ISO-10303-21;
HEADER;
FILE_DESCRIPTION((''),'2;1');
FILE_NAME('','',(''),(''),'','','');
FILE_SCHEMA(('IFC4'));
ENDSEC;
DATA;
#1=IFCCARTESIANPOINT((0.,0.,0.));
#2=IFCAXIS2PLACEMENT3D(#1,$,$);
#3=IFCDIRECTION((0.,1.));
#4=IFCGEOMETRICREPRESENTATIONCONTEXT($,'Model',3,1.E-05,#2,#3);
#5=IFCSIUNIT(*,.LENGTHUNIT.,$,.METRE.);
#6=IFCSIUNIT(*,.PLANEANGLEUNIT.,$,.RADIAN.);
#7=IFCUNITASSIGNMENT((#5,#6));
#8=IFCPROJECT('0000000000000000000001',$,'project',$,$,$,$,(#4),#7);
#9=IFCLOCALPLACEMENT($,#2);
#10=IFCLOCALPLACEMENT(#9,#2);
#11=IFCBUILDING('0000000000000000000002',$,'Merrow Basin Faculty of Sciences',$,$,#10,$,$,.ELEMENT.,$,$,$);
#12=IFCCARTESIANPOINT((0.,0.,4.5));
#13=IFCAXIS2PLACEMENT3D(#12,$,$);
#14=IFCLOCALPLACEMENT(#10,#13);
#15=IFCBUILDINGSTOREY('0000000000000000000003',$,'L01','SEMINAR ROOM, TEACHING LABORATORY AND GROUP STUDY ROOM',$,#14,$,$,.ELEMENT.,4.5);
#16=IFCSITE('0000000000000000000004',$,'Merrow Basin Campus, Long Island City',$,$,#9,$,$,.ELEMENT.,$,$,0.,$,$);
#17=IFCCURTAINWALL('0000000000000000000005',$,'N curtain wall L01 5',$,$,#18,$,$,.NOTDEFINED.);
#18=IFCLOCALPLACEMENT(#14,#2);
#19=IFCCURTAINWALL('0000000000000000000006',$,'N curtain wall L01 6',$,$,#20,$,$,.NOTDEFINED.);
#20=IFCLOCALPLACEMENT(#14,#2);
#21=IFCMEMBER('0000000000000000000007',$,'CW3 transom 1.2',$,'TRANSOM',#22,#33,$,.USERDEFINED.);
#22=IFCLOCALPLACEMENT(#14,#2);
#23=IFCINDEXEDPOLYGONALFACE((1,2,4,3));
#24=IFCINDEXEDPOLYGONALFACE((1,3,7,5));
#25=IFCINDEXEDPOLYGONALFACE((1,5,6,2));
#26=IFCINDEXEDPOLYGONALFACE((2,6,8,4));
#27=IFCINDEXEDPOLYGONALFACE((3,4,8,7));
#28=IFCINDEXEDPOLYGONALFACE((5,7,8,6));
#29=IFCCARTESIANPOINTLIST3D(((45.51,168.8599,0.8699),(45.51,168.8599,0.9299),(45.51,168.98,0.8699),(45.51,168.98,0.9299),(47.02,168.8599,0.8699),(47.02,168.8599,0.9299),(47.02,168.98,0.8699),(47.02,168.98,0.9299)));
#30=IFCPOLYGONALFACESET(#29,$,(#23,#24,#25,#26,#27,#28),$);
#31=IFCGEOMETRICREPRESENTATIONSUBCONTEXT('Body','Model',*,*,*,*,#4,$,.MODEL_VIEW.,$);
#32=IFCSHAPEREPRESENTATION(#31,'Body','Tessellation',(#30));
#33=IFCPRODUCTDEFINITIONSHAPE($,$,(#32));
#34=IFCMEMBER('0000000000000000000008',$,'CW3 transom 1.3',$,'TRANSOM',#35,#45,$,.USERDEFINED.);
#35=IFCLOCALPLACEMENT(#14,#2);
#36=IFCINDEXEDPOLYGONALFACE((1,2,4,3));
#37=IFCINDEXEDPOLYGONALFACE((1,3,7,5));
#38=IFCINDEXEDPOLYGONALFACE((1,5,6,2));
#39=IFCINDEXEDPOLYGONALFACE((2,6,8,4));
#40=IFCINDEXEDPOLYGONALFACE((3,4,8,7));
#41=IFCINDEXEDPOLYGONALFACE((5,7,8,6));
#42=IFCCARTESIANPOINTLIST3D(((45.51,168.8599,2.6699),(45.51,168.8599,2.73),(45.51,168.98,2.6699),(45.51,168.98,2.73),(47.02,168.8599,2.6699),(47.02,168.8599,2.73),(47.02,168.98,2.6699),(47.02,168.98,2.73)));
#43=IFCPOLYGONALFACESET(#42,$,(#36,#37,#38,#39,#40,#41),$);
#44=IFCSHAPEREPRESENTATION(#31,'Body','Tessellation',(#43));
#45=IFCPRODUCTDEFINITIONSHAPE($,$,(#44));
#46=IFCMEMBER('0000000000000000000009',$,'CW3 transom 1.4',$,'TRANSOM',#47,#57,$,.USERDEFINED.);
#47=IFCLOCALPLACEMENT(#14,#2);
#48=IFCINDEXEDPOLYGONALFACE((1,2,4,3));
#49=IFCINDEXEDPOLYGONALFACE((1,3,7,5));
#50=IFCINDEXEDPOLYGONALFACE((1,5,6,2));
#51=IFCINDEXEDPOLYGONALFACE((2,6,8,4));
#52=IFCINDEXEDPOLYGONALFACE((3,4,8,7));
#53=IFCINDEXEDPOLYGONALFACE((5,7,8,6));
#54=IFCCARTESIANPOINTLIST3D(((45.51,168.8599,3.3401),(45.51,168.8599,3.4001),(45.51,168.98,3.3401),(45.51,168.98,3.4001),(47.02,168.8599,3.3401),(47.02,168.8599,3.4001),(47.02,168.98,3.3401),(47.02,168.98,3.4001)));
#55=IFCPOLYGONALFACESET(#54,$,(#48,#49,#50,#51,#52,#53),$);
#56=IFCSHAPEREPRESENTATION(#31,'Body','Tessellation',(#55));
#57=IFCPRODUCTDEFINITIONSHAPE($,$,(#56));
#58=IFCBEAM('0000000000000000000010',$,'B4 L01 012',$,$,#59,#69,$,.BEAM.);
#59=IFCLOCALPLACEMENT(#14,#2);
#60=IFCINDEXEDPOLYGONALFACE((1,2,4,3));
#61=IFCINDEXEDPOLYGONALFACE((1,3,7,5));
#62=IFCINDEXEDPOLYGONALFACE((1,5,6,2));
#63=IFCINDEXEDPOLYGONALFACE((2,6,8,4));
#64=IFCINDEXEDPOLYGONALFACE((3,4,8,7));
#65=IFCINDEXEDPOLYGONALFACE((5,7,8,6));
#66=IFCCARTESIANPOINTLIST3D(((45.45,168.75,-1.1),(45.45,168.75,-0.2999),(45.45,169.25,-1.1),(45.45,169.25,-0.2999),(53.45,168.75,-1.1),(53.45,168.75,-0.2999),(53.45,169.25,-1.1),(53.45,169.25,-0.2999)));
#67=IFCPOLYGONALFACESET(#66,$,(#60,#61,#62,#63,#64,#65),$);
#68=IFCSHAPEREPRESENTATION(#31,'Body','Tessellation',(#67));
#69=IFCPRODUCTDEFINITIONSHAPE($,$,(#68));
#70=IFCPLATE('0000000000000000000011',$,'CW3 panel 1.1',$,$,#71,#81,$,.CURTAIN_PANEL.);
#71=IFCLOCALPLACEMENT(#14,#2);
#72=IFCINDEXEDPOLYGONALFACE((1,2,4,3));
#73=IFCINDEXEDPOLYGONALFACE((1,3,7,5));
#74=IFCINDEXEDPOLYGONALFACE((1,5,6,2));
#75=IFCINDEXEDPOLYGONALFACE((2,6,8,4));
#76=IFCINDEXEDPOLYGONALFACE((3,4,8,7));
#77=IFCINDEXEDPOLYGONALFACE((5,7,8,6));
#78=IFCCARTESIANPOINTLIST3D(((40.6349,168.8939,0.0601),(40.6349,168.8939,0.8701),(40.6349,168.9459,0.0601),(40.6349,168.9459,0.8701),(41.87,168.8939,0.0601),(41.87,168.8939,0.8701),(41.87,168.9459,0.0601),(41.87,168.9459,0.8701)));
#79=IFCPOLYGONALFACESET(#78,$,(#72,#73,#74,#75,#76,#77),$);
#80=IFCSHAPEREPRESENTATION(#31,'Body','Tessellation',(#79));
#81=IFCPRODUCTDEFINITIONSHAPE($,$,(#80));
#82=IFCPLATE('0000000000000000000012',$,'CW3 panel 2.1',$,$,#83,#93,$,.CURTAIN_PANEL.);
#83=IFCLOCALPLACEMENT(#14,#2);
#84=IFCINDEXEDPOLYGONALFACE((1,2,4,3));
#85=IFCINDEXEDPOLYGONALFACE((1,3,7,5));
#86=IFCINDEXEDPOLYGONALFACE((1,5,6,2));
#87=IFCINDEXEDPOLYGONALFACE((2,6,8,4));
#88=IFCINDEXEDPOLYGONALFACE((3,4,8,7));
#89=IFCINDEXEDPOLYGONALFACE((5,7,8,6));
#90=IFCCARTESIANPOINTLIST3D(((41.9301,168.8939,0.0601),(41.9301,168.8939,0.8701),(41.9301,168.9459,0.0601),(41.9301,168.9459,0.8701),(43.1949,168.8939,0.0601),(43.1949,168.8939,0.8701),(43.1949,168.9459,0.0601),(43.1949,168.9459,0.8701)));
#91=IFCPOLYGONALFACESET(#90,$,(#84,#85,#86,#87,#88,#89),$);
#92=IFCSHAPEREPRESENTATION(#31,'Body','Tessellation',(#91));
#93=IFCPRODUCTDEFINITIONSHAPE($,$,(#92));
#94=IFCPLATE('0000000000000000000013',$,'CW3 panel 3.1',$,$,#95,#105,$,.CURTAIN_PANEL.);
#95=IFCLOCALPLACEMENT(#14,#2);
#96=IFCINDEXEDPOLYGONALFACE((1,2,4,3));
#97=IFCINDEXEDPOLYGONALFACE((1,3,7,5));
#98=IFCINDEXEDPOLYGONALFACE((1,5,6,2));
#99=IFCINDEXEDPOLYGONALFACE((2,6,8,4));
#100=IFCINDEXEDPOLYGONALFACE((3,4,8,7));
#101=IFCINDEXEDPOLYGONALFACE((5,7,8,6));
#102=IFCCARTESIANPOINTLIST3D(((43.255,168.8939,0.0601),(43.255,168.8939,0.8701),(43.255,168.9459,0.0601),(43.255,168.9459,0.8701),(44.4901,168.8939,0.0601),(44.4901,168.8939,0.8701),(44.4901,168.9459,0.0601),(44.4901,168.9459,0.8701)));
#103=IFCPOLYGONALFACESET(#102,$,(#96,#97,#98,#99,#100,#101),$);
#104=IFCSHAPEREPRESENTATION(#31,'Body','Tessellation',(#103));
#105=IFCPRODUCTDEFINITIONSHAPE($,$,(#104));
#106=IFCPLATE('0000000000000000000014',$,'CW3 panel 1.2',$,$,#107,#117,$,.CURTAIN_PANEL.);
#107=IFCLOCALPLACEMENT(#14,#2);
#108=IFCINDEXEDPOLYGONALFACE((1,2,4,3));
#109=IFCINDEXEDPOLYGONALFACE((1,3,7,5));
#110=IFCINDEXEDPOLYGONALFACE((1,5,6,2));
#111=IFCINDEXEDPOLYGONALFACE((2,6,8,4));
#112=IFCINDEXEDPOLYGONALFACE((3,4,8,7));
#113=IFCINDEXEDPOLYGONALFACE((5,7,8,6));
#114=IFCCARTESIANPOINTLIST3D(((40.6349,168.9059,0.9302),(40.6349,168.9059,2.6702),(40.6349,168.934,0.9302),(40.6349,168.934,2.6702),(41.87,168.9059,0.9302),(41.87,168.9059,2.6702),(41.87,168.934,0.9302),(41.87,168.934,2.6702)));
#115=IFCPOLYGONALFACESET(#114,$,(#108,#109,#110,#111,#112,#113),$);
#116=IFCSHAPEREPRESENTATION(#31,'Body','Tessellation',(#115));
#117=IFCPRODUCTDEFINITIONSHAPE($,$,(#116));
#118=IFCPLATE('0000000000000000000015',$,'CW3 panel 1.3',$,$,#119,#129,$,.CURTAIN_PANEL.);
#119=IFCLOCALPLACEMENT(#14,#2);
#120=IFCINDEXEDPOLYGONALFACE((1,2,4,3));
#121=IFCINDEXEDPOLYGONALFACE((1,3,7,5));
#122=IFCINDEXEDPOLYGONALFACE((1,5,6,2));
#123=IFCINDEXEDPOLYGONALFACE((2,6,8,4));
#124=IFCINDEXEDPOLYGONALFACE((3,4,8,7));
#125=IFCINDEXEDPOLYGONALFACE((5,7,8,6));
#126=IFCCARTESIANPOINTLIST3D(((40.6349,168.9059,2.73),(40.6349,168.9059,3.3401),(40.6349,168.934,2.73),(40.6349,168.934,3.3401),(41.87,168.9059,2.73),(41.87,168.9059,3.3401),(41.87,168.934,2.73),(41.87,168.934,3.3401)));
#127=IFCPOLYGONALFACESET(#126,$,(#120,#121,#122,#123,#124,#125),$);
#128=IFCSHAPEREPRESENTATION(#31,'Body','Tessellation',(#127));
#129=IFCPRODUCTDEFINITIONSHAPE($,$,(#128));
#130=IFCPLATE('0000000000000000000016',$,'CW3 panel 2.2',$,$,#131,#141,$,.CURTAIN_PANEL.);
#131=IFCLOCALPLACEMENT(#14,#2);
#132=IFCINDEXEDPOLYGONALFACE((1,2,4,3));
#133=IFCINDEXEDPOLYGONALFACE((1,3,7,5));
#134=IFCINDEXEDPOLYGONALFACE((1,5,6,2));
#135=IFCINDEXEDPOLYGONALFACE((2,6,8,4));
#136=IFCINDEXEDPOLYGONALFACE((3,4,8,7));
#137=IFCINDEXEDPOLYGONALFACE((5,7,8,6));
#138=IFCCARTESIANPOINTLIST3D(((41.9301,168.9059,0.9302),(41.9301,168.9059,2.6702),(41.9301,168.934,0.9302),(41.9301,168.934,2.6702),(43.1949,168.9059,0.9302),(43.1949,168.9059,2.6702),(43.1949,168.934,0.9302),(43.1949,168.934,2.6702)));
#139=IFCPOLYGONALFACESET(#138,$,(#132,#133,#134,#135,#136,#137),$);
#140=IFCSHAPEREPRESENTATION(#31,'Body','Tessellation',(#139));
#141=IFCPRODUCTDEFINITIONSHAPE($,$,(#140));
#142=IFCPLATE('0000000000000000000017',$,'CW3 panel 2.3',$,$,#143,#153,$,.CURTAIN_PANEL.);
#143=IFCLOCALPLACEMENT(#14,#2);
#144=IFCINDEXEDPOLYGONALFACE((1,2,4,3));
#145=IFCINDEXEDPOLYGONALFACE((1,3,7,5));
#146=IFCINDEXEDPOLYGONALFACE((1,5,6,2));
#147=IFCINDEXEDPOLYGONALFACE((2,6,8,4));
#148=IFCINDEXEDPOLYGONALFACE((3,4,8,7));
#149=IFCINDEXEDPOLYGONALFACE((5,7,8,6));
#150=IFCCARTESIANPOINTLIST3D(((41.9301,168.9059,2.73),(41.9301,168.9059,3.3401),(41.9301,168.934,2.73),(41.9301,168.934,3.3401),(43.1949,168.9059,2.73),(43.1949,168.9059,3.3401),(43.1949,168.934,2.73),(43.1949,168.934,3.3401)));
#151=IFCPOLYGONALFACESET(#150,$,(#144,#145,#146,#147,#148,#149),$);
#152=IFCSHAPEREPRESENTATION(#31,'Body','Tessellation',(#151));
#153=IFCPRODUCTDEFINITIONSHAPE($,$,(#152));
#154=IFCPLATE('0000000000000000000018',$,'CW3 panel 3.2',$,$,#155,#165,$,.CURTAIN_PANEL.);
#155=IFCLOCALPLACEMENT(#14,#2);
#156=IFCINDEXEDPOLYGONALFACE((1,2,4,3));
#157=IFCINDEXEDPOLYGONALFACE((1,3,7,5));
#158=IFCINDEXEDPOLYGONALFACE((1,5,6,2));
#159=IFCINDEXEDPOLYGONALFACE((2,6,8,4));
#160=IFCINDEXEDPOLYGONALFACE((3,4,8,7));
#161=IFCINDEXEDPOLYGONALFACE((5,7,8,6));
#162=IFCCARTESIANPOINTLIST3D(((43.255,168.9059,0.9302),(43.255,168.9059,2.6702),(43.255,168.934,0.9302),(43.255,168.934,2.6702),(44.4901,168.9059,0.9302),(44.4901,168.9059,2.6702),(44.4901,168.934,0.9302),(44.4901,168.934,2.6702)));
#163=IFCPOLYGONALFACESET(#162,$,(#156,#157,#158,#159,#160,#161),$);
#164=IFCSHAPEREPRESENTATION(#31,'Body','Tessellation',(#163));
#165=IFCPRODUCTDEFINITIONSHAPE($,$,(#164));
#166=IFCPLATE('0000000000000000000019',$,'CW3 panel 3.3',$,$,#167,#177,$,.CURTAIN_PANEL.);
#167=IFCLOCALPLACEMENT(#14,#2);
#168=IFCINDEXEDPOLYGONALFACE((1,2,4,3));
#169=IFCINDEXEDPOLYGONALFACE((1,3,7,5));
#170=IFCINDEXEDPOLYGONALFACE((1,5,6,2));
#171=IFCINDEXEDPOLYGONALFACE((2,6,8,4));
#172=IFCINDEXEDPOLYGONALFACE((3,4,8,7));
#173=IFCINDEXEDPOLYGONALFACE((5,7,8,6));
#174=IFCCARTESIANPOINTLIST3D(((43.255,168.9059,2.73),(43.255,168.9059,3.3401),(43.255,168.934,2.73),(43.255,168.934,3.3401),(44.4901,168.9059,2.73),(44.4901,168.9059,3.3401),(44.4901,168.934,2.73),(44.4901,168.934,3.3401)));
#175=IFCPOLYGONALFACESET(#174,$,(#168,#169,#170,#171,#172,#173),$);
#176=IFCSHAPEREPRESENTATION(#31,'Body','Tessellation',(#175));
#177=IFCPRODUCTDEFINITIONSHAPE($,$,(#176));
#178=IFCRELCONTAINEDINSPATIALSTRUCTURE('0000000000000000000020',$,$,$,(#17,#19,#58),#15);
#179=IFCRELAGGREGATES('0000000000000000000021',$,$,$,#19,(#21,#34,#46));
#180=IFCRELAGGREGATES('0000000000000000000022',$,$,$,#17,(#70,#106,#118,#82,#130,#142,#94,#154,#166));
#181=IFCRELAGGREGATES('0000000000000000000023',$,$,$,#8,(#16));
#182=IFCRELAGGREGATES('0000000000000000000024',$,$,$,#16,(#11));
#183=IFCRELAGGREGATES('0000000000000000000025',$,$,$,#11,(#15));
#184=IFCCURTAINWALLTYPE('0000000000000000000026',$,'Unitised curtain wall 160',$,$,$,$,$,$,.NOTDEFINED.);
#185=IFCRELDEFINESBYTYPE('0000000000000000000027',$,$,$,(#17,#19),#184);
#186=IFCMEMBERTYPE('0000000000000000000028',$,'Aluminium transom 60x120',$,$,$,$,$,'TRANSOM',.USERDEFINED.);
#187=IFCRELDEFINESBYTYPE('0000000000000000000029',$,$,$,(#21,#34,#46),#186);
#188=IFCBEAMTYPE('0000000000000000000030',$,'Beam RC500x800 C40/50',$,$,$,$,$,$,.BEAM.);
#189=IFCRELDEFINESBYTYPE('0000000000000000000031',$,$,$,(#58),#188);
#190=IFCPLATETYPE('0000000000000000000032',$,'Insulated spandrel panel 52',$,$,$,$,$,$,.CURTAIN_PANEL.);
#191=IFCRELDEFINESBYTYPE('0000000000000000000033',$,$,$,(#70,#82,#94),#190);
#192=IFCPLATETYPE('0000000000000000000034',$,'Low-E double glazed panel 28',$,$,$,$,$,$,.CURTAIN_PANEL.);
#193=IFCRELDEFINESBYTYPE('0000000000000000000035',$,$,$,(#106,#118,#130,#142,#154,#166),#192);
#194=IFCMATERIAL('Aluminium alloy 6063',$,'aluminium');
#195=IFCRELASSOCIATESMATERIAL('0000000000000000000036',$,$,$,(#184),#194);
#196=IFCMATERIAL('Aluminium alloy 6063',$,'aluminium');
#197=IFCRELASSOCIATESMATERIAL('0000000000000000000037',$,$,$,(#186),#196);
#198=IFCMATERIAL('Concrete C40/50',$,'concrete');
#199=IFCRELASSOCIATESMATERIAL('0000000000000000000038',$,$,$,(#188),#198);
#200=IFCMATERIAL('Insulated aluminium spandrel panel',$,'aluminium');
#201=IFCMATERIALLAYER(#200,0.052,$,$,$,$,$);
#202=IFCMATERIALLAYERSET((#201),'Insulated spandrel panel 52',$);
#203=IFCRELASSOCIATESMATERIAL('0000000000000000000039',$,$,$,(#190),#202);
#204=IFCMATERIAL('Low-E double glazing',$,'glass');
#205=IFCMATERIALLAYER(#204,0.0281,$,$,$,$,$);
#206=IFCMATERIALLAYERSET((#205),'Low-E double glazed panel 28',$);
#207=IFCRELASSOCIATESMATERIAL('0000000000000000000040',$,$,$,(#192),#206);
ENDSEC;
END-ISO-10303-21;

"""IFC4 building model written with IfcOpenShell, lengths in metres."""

from ifc_helpers import new_model, si_unit, direction, frame, origin, origin_2d, place, context, subcontext, project, spatial, rectangle, extrude, material, layer, layer_set, material_profile, profile_set, type_object, element, aggregate, save


model = new_model("IFC4")

# Units and contexts
model_context = context("Model", 3, precision=1e-05, world=origin(), true_north=direction((0.0, 1.0)))
body_context = subcontext(model_context, "Body", "Model", "MODEL_VIEW")
ifc_project = project(units=[si_unit("LENGTHUNIT", "METRE"), si_unit("PLANEANGLEUNIT", "RADIAN")], contexts=[model_context])

# Site, building, storey
site_placement = place(None, origin())
site = spatial("IfcSite", under=ifc_project, at=site_placement, Name="Merrow Basin Campus, Long Island City", CompositionType="ELEMENT", RefElevation=0.0)
building_placement = place(site_placement, origin())
building = spatial("IfcBuilding", under=site, at=building_placement, Name="Merrow Basin Faculty of Sciences", CompositionType="ELEMENT")
storey_placement = place(building_placement, frame((0.0, 0.0, 4.5)))
storey = spatial("IfcBuildingStorey", under=building, at=storey_placement, Name="L01", Description="SEMINAR ROOM, TEACHING LABORATORY AND GROUP STUDY ROOM", CompositionType="ELEMENT", Elevation=4.5)

# Curtain wall
ifc_material_1 = material(Name="Aluminium alloy 6063", Category="aluminium")
curtain_wall_type = type_object("IfcCurtainWallType", Name="Unitised curtain wall 160", PredefinedType="NOTDEFINED", material=ifc_material_1)
curtain_wall_1_placement = place(storey_placement, origin())
curtain_wall_1 = element("IfcCurtainWall", 1, at=curtain_wall_1_placement, inside=storey, type_object=curtain_wall_type, Name="N curtain wall L01 5", PredefinedType="NOTDEFINED")

# Curtain wall
curtain_wall_2_placement = place(storey_placement, origin())
curtain_wall_2 = element("IfcCurtainWall", 2, at=curtain_wall_2_placement, inside=storey, type_object=curtain_wall_type, Name="N curtain wall L01 6", PredefinedType="NOTDEFINED")

# Members
ifc_material_2 = material(Name="Aluminium alloy 6063", Category="aluminium")
ifc_material_profile_1 = material_profile(ifc_material_2, rectangle(XDim=0.1201, YDim=0.0601, at=origin_2d()))
ifc_profile_set_1 = profile_set([ifc_material_profile_1], Name="Aluminium alloy 6063")
member_type_1 = type_object("IfcMemberType", Name="Aluminium transom 60x120", ElementType="TRANSOM", PredefinedType="USERDEFINED", material=ifc_profile_set_1)
member_1_placement = place(storey_placement, frame((45.51, 168.9199, 0.8999), z_axis=(1.0, 0.0, 0.0), x_axis=(0.0, 1.0, 0.0)))
member_1 = element("IfcMember", 3, at=member_1_placement, type_object=member_type_1, Name="CW3 transom 1.2", ObjectType="TRANSOM", PredefinedType="USERDEFINED", context=body_context, shape_type="SweptSolid", body=[
    extrude(rectangle(XDim=0.1201, YDim=0.0601, at=origin_2d()), origin(), (0.0, 0.0, 1.0), 1.51),
])
member_2_placement = place(storey_placement, frame((45.51, 168.9199, 2.7), z_axis=(1.0, 0.0, 0.0), x_axis=(0.0, 1.0, 0.0)))
member_2 = element("IfcMember", 4, at=member_2_placement, type_object=member_type_1, Name="CW3 transom 1.3", ObjectType="TRANSOM", PredefinedType="USERDEFINED", context=body_context, shape_type="SweptSolid", body=[
    extrude(rectangle(XDim=0.1201, YDim=0.0601, at=origin_2d()), origin(), (0.0, 0.0, 1.0), 1.51),
])
member_3_placement = place(storey_placement, frame((45.51, 168.9199, 3.3701), z_axis=(1.0, 0.0, 0.0), x_axis=(0.0, 1.0, 0.0)))
member_3 = element("IfcMember", 5, at=member_3_placement, type_object=member_type_1, Name="CW3 transom 1.4", ObjectType="TRANSOM", PredefinedType="USERDEFINED", context=body_context, shape_type="SweptSolid", body=[
    extrude(rectangle(XDim=0.1201, YDim=0.0601, at=origin_2d()), origin(), (0.0, 0.0, 1.0), 1.51),
])
aggregate(curtain_wall_2, [member_1, member_2, member_3])

# Beam
ifc_material_3 = material(Name="Concrete C40/50", Category="concrete")
ifc_material_profile_2 = material_profile(ifc_material_3, rectangle(XDim=0.5, YDim=0.8, at=origin_2d()))
ifc_profile_set_2 = profile_set([ifc_material_profile_2], Name="Concrete C40/50")
beam_type = type_object("IfcBeamType", Name="Beam RC500x800 C40/50", PredefinedType="BEAM", material=ifc_profile_set_2)
beam_placement = place(storey_placement, frame((45.45, 169.0, -0.7), z_axis=(1.0, 0.0, 0.0), x_axis=(0.0, 1.0, 0.0)))
element("IfcBeam", 6, at=beam_placement, inside=storey, type_object=beam_type, Name="B4 L01 012", PredefinedType="BEAM", context=body_context, shape_type="SweptSolid", body=[
    extrude(rectangle(XDim=0.5, YDim=0.8, at=origin_2d()), origin(), (0.0, 0.0, 1.0), 8.0),
])

# Plates
ifc_material_4 = material(Name="Insulated aluminium spandrel panel", Category="aluminium")
ifc_layer_1 = layer(ifc_material_4, 0.052)
ifc_layer_set_1 = layer_set([ifc_layer_1], Name="Insulated spandrel panel 52")
plate_type_1 = type_object("IfcPlateType", Name="Insulated spandrel panel 52", PredefinedType="CURTAIN_PANEL", material=ifc_layer_set_1)
plate_1_placement = place(storey_placement, frame((41.2524, 168.9199, 0.0601), z_axis=(0.0, 0.0, 1.0), x_axis=(1.0, 0.0, 0.0)))
plate_1 = element("IfcPlate", 7, at=plate_1_placement, type_object=plate_type_1, Name="CW3 panel 1.1", PredefinedType="CURTAIN_PANEL", context=body_context, shape_type="SweptSolid", body=[
    extrude(rectangle(XDim=1.2351, YDim=0.052, at=origin_2d()), origin(), (0.0, 0.0, 1.0), 0.8101),
])
plate_2_placement = place(storey_placement, frame((42.5625, 168.9199, 0.0601), z_axis=(0.0, 0.0, 1.0), x_axis=(1.0, 0.0, 0.0)))
plate_2 = element("IfcPlate", 8, at=plate_2_placement, type_object=plate_type_1, Name="CW3 panel 2.1", PredefinedType="CURTAIN_PANEL", context=body_context, shape_type="SweptSolid", body=[
    extrude(rectangle(XDim=1.2649, YDim=0.052, at=origin_2d()), origin(), (0.0, 0.0, 1.0), 0.8101),
])
plate_3_placement = place(storey_placement, frame((43.8726, 168.9199, 0.0601), z_axis=(0.0, 0.0, 1.0), x_axis=(1.0, 0.0, 0.0)))
plate_3 = element("IfcPlate", 9, at=plate_3_placement, type_object=plate_type_1, Name="CW3 panel 3.1", PredefinedType="CURTAIN_PANEL", context=body_context, shape_type="SweptSolid", body=[
    extrude(rectangle(XDim=1.2351, YDim=0.052, at=origin_2d()), origin(), (0.0, 0.0, 1.0), 0.8101),
])
ifc_material_5 = material(Name="Low-E double glazing", Category="glass")
ifc_layer_2 = layer(ifc_material_5, 0.0281)
ifc_layer_set_2 = layer_set([ifc_layer_2], Name="Low-E double glazed panel 28")
plate_type_2 = type_object("IfcPlateType", Name="Low-E double glazed panel 28", PredefinedType="CURTAIN_PANEL", material=ifc_layer_set_2)
plate_4_placement = place(storey_placement, frame((41.2524, 168.9199, 0.9302), z_axis=(0.0, 0.0, 1.0), x_axis=(1.0, 0.0, 0.0)))
plate_4 = element("IfcPlate", 10, at=plate_4_placement, type_object=plate_type_2, Name="CW3 panel 1.2", PredefinedType="CURTAIN_PANEL", context=body_context, shape_type="SweptSolid", body=[
    extrude(rectangle(XDim=1.2351, YDim=0.0281, at=origin_2d()), origin(), (0.0, 0.0, 1.0), 1.74),
])
plate_5_placement = place(storey_placement, frame((41.2524, 168.9199, 2.73), z_axis=(0.0, 0.0, 1.0), x_axis=(1.0, 0.0, 0.0)))
plate_5 = element("IfcPlate", 11, at=plate_5_placement, type_object=plate_type_2, Name="CW3 panel 1.3", PredefinedType="CURTAIN_PANEL", context=body_context, shape_type="SweptSolid", body=[
    extrude(rectangle(XDim=1.2351, YDim=0.0281, at=origin_2d()), origin(), (0.0, 0.0, 1.0), 0.6101),
])
plate_6_placement = place(storey_placement, frame((42.5625, 168.9199, 0.9302), z_axis=(0.0, 0.0, 1.0), x_axis=(1.0, 0.0, 0.0)))
plate_6 = element("IfcPlate", 12, at=plate_6_placement, type_object=plate_type_2, Name="CW3 panel 2.2", PredefinedType="CURTAIN_PANEL", context=body_context, shape_type="SweptSolid", body=[
    extrude(rectangle(XDim=1.2649, YDim=0.0281, at=origin_2d()), origin(), (0.0, 0.0, 1.0), 1.74),
])
plate_7_placement = place(storey_placement, frame((42.5625, 168.9199, 2.73), z_axis=(0.0, 0.0, 1.0), x_axis=(1.0, 0.0, 0.0)))
plate_7 = element("IfcPlate", 13, at=plate_7_placement, type_object=plate_type_2, Name="CW3 panel 2.3", PredefinedType="CURTAIN_PANEL", context=body_context, shape_type="SweptSolid", body=[
    extrude(rectangle(XDim=1.2649, YDim=0.0281, at=origin_2d()), origin(), (0.0, 0.0, 1.0), 0.6101),
])
plate_8_placement = place(storey_placement, frame((43.8726, 168.9199, 0.9302), z_axis=(0.0, 0.0, 1.0), x_axis=(1.0, 0.0, 0.0)))
plate_8 = element("IfcPlate", 14, at=plate_8_placement, type_object=plate_type_2, Name="CW3 panel 3.2", PredefinedType="CURTAIN_PANEL", context=body_context, shape_type="SweptSolid", body=[
    extrude(rectangle(XDim=1.2351, YDim=0.0281, at=origin_2d()), origin(), (0.0, 0.0, 1.0), 1.74),
])
plate_9_placement = place(storey_placement, frame((43.8726, 168.9199, 2.73), z_axis=(0.0, 0.0, 1.0), x_axis=(1.0, 0.0, 0.0)))
plate_9 = element("IfcPlate", 15, at=plate_9_placement, type_object=plate_type_2, Name="CW3 panel 3.3", PredefinedType="CURTAIN_PANEL", context=body_context, shape_type="SweptSolid", body=[
    extrude(rectangle(XDim=1.2351, YDim=0.0281, at=origin_2d()), origin(), (0.0, 0.0, 1.0), 0.6101),
])
aggregate(curtain_wall_1, [plate_1, plate_4, plate_5, plate_2, plate_6, plate_7, plate_3, plate_8, plate_9])

save(model, "model.ifc")
